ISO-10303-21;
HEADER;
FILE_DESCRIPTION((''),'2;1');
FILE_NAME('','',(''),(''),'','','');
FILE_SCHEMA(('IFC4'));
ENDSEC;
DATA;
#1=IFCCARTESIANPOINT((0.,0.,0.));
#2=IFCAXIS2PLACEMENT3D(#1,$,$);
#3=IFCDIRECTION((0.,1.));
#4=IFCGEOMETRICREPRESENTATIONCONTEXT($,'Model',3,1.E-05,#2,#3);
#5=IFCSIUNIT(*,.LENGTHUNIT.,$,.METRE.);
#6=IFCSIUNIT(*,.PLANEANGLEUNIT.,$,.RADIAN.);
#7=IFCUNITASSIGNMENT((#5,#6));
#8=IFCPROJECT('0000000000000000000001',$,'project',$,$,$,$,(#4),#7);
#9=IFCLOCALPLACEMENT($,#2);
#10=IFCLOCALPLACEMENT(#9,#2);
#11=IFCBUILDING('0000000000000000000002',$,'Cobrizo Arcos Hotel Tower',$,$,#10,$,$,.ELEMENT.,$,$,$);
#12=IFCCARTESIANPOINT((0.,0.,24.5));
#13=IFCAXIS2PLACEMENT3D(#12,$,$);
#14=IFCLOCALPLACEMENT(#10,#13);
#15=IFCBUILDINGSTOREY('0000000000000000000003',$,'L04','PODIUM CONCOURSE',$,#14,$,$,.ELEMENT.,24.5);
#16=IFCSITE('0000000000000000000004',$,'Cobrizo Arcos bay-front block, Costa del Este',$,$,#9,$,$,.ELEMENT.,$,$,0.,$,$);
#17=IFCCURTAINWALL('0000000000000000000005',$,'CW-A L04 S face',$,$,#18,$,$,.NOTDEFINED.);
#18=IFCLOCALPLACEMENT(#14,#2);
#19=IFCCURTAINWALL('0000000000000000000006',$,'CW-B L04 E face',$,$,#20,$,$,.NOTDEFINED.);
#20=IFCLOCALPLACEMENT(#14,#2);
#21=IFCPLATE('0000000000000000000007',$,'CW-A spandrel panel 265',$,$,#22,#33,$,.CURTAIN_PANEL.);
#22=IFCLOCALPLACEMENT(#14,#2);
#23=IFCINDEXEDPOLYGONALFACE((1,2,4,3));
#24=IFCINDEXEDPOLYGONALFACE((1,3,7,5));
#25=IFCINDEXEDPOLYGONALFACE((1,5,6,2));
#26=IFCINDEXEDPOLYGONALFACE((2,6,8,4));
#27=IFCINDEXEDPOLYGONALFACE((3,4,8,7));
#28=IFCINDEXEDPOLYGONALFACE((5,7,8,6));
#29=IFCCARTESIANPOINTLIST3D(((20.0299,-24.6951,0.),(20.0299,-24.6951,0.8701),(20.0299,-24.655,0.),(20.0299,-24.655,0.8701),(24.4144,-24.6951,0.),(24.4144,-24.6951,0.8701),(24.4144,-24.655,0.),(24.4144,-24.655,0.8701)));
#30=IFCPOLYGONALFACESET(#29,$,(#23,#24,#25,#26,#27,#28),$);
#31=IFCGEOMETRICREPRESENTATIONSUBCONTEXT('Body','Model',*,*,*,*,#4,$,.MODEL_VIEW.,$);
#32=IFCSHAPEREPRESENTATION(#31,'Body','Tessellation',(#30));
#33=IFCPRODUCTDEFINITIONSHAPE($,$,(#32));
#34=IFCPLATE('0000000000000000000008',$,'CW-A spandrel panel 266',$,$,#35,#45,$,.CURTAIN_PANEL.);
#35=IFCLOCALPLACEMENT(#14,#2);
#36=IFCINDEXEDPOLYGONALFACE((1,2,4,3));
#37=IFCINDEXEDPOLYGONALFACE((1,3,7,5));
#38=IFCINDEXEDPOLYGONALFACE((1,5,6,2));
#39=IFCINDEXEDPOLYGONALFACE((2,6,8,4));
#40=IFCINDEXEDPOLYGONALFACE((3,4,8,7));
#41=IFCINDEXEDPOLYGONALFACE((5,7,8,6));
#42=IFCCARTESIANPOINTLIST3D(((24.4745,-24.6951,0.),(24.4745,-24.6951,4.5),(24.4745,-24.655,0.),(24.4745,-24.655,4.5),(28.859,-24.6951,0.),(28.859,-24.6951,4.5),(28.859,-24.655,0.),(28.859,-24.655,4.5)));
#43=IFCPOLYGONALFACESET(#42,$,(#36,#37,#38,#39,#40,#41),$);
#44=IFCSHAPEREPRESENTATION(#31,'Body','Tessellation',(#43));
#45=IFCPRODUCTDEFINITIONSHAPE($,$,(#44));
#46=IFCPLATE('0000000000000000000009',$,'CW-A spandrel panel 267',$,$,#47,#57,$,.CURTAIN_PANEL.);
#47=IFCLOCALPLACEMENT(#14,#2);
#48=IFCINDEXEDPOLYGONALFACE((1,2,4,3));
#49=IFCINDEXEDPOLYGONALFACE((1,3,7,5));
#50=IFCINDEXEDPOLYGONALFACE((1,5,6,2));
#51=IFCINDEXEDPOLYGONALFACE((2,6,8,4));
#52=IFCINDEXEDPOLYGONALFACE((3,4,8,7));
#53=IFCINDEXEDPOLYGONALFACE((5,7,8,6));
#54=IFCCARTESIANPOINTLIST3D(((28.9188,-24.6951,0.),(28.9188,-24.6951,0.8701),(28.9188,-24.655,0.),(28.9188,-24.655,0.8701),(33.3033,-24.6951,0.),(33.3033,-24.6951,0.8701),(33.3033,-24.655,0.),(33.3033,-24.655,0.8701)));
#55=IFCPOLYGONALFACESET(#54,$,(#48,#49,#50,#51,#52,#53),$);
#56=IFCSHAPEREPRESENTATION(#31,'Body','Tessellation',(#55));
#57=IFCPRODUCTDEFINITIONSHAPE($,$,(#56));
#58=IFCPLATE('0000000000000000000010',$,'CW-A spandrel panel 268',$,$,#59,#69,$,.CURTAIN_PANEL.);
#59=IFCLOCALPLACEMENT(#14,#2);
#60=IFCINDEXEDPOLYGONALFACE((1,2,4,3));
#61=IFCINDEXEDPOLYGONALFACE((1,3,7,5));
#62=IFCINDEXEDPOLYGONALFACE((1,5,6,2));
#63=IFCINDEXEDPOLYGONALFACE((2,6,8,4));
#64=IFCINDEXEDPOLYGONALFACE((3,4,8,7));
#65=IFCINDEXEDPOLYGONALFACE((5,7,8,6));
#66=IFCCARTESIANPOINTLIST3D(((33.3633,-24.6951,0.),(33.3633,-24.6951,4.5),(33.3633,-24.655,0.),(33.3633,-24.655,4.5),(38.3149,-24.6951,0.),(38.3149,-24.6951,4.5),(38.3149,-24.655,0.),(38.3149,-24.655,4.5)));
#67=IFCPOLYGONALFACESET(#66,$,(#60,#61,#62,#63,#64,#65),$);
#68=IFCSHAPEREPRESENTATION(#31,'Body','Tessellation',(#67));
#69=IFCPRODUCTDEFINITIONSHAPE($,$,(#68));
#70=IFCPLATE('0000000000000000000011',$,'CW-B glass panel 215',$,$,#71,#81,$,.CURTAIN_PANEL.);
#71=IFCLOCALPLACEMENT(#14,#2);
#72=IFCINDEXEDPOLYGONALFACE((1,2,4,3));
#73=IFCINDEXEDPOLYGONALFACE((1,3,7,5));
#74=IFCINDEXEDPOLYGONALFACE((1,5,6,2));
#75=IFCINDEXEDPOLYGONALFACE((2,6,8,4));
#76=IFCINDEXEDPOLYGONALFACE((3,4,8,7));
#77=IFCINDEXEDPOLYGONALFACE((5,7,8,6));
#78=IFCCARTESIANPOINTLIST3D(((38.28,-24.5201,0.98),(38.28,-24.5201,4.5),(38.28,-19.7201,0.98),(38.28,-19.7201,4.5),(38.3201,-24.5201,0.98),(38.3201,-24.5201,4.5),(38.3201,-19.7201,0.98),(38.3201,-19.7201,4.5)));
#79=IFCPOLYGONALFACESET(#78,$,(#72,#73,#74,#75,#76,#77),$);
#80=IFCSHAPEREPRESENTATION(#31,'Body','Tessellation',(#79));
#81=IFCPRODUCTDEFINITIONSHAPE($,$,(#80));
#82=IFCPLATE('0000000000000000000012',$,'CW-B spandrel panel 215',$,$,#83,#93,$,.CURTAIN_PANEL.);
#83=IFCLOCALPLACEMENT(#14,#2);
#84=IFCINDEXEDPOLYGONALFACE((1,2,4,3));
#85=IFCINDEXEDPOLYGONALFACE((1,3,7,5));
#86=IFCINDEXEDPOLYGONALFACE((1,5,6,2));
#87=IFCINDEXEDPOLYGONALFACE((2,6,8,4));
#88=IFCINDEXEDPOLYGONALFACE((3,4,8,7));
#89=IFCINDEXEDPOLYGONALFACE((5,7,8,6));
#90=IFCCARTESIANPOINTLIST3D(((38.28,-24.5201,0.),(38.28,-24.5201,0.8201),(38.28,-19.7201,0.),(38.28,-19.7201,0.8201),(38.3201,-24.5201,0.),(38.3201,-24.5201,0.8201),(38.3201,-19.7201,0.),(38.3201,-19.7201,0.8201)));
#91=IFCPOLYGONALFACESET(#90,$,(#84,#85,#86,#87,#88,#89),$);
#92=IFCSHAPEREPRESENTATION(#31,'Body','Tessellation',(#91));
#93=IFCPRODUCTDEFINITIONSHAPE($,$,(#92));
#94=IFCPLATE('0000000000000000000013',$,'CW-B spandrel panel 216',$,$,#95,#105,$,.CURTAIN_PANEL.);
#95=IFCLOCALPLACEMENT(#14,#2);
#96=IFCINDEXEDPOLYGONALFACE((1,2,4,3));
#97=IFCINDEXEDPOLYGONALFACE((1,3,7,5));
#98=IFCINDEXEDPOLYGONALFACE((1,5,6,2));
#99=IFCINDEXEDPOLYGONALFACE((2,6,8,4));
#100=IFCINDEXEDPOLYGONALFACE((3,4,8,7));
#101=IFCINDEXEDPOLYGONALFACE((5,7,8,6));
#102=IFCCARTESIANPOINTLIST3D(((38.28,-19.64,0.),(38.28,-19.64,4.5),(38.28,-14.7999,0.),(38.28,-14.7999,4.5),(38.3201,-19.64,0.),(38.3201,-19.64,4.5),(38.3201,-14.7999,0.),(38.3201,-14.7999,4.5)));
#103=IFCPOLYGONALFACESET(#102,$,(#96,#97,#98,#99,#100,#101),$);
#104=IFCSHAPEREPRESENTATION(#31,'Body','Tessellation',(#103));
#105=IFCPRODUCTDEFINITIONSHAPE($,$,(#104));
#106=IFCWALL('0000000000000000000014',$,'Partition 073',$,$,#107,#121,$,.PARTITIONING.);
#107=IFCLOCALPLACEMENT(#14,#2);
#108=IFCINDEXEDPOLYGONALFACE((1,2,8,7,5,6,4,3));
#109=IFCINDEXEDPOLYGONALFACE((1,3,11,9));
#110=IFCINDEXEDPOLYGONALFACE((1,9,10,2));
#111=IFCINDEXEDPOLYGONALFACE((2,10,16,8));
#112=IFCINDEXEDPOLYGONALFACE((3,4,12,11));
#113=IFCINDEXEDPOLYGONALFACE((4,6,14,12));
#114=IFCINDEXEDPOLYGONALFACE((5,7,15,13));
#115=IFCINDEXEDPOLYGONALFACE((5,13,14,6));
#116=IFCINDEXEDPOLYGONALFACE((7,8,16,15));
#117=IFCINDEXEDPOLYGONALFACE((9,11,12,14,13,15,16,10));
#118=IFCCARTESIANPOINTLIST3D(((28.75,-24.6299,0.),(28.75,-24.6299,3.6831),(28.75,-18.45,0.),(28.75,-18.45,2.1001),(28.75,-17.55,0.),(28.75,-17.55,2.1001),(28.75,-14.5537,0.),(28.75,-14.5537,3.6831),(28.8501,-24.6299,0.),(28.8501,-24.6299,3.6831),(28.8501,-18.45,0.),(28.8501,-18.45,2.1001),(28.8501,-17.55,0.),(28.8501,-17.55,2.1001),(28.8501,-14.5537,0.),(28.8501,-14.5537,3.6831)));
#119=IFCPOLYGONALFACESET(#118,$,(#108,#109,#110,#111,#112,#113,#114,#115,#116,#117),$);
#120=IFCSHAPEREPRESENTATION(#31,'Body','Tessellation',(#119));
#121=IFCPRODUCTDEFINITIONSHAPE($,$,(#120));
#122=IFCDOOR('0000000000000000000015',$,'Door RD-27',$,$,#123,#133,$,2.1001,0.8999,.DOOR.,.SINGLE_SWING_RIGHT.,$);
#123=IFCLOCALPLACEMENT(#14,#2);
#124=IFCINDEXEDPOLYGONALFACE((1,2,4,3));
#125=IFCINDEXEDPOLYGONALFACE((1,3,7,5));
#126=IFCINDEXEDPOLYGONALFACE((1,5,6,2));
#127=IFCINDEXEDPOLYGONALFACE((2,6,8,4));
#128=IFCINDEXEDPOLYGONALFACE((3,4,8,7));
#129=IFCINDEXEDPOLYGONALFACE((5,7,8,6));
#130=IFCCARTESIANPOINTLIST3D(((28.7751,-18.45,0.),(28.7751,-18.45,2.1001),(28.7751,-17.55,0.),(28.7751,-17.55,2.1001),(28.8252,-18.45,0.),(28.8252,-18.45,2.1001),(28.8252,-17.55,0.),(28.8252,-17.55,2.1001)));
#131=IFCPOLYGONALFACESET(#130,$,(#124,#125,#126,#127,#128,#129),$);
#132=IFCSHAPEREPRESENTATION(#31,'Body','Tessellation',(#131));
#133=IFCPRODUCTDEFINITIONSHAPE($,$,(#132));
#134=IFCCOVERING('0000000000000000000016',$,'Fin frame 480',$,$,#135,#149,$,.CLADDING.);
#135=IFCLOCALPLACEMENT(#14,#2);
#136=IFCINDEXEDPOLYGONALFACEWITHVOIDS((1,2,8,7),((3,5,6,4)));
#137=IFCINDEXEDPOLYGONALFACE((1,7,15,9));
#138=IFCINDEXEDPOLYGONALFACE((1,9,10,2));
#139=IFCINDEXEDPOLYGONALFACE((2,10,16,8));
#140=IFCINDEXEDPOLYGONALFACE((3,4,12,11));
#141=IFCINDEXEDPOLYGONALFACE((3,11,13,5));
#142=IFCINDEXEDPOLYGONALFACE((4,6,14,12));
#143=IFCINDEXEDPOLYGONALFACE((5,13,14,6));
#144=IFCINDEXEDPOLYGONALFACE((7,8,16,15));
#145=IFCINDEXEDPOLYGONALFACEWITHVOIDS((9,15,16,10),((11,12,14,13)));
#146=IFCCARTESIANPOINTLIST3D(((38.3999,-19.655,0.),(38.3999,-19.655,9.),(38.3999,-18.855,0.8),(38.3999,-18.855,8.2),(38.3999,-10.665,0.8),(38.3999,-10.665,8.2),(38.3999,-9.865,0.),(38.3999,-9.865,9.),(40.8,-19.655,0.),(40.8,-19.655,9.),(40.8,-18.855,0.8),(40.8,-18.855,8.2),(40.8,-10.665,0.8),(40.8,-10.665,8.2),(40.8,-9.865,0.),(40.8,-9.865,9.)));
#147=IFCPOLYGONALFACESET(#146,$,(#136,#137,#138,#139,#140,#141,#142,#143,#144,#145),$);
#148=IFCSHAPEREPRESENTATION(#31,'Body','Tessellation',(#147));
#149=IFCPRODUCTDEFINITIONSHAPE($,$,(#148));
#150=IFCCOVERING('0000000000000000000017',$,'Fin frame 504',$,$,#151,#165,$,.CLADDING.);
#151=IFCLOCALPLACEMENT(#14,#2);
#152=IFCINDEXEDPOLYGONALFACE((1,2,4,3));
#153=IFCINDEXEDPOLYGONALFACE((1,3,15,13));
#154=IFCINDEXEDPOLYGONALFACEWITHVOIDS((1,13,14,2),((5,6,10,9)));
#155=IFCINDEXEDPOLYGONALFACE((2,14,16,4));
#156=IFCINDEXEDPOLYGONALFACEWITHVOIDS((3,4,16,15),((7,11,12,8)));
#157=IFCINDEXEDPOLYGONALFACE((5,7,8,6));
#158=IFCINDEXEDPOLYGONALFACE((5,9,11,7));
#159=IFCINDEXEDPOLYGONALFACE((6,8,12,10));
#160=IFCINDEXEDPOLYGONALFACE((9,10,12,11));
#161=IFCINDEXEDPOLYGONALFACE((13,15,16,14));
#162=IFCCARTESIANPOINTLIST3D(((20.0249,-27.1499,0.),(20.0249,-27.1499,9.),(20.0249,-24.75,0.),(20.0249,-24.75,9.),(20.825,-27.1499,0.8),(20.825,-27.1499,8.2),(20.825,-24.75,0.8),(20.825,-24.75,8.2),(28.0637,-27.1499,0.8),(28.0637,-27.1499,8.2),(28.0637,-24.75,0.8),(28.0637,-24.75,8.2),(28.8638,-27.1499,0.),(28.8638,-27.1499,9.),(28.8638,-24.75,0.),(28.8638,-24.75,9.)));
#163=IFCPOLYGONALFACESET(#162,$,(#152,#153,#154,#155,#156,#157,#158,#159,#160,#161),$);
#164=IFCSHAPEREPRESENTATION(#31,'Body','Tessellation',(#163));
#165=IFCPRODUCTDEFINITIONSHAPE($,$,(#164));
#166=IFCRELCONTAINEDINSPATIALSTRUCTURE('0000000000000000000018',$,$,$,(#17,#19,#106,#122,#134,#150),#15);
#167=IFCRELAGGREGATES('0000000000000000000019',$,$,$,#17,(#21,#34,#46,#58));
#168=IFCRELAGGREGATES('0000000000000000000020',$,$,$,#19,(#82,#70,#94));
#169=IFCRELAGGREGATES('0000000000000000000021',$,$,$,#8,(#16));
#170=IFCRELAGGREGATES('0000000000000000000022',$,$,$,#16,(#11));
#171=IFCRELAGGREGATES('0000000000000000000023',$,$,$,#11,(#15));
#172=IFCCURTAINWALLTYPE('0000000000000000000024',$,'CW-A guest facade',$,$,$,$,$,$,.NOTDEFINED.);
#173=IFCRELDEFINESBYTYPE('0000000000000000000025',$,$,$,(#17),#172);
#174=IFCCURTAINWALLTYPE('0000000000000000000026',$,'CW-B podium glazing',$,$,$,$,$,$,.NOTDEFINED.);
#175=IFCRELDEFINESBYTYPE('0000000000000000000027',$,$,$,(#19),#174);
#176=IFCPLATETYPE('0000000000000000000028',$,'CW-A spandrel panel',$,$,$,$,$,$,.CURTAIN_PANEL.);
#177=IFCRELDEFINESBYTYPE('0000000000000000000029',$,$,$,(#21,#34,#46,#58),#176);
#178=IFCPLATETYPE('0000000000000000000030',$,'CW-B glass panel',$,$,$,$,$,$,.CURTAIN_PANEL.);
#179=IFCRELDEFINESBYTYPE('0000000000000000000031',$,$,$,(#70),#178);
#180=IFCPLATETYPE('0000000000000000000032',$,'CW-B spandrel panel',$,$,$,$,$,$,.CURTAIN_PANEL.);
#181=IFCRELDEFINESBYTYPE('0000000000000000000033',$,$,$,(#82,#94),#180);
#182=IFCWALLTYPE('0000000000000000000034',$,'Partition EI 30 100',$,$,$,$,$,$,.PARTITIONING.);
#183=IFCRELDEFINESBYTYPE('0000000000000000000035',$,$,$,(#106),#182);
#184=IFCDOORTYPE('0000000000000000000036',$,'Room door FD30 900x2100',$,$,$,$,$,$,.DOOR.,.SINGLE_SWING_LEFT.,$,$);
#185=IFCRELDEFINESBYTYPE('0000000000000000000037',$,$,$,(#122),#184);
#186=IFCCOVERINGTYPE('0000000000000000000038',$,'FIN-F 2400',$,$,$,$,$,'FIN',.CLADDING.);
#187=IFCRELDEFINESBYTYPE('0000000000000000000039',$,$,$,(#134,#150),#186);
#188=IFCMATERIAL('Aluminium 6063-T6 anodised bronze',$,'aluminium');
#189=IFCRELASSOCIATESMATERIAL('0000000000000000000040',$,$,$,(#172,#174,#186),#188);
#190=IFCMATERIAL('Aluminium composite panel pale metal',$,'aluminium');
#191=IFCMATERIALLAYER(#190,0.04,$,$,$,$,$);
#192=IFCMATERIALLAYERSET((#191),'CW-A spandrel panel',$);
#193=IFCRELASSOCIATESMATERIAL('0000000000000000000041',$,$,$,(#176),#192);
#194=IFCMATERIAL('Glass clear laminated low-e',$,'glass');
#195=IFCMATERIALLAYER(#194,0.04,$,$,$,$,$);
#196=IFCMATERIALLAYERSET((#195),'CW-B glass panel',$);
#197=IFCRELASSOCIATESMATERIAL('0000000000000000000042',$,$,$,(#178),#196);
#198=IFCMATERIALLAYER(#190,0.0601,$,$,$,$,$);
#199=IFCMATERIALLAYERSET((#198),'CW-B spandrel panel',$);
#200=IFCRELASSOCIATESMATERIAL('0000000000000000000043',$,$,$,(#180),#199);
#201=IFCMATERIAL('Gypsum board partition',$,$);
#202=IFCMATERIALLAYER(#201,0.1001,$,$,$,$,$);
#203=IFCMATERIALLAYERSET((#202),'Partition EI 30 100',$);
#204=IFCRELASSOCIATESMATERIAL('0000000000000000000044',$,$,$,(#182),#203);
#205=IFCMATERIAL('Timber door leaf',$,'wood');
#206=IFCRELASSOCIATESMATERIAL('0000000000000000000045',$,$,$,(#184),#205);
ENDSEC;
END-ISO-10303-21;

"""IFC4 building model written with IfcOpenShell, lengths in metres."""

from ifc_helpers import new_model, si_unit, direction, frame, frame_2d, origin, origin_2d, place, context, subcontext, project, spatial, polyline, rectangle, outline, extrude, material, layer, layer_set, type_object, element, fill, aggregate, save


model = new_model("IFC4")

# Units and contexts
model_context = context("Model", 3, precision=1e-05, world=origin(), true_north=direction((0.0, 1.0)))
body_context = subcontext(model_context, "Body", "Model", "MODEL_VIEW")
ifc_project = project(units=[si_unit("LENGTHUNIT", "METRE"), si_unit("PLANEANGLEUNIT", "RADIAN")], contexts=[model_context])

# Site, building, storey
site_placement = place(None, origin())
site = spatial("IfcSite", under=ifc_project, at=site_placement, Name="Cobrizo Arcos bay-front block, Costa del Este", CompositionType="ELEMENT", RefElevation=0.0)
building_placement = place(site_placement, origin())
building = spatial("IfcBuilding", under=site, at=building_placement, Name="Cobrizo Arcos Hotel Tower", CompositionType="ELEMENT")
storey_placement = place(building_placement, frame((0.0, 0.0, 24.5)))
storey = spatial("IfcBuildingStorey", under=building, at=storey_placement, Name="L04", Description="PODIUM CONCOURSE", CompositionType="ELEMENT", Elevation=24.5)

# Curtain walls
ifc_material_1 = material(Name="Aluminium 6063-T6 anodised bronze", Category="aluminium")
curtain_wall_type_1 = type_object("IfcCurtainWallType", Name="CW-A guest facade", PredefinedType="NOTDEFINED", material=ifc_material_1)
curtain_wall_1_placement = place(storey_placement, origin())
curtain_wall_1 = element("IfcCurtainWall", 1, at=curtain_wall_1_placement, inside=storey, type_object=curtain_wall_type_1, Name="CW-A L04 S face", PredefinedType="NOTDEFINED")
curtain_wall_type_2 = type_object("IfcCurtainWallType", Name="CW-B podium glazing", PredefinedType="NOTDEFINED", material=ifc_material_1)
curtain_wall_2_placement = place(storey_placement, origin())
curtain_wall_2 = element("IfcCurtainWall", 2, at=curtain_wall_2_placement, inside=storey, type_object=curtain_wall_type_2, Name="CW-B L04 E face", PredefinedType="NOTDEFINED")

# Plates
ifc_material_2 = material(Name="Glass clear laminated low-e", Category="glass")
ifc_material_3 = material(Name="Aluminium composite panel pale metal", Category="aluminium")
ifc_layer_1 = layer(ifc_material_3, 0.04)
ifc_layer_set_1 = layer_set([ifc_layer_1], Name="CW-A spandrel panel")
plate_type_1 = type_object("IfcPlateType", Name="CW-A spandrel panel", PredefinedType="CURTAIN_PANEL", material=ifc_layer_set_1)
plate_1_placement = place(storey_placement, frame((22.2222, -24.675, 0.0), z_axis=(0.0, 0.0, 1.0), x_axis=(1.0, 0.0, 0.0)))
plate_1 = element("IfcPlate", 3, at=plate_1_placement, type_object=plate_type_1, Name="CW-A spandrel panel 265", PredefinedType="CURTAIN_PANEL", context=body_context, shape_type="SweptSolid", body=[
    extrude(rectangle(XDim=4.3845, YDim=0.04, at=origin_2d()), origin(), (0.0, 0.0, 1.0), 0.8701),
])
plate_2_placement = place(storey_placement, frame((26.6667, -24.675, 0.0), z_axis=(0.0, 0.0, 1.0), x_axis=(1.0, 0.0, 0.0)))
plate_2 = element("IfcPlate", 4, at=plate_2_placement, type_object=plate_type_1, Name="CW-A spandrel panel 266", PredefinedType="CURTAIN_PANEL", context=body_context, shape_type="SweptSolid", body=[
    extrude(rectangle(XDim=4.3845, YDim=0.04, at=origin_2d()), origin(), (0.0, 0.0, 1.0), 4.5),
])
plate_3_placement = place(storey_placement, frame((31.1111, -24.675, 0.0), z_axis=(0.0, 0.0, 1.0), x_axis=(1.0, 0.0, 0.0)))
plate_3 = element("IfcPlate", 5, at=plate_3_placement, type_object=plate_type_1, Name="CW-A spandrel panel 267", PredefinedType="CURTAIN_PANEL", context=body_context, shape_type="SweptSolid", body=[
    extrude(rectangle(XDim=4.3845, YDim=0.04, at=origin_2d()), origin(), (0.0, 0.0, 1.0), 0.8701),
])
plate_4_placement = place(storey_placement, frame((35.8391, -24.675, 0.0), z_axis=(0.0, 0.0, 1.0), x_axis=(1.0, 0.0, 0.0)))
plate_4 = element("IfcPlate", 6, at=plate_4_placement, type_object=plate_type_1, Name="CW-A spandrel panel 268", PredefinedType="CURTAIN_PANEL", context=body_context, shape_type="SweptSolid", body=[
    extrude(rectangle(XDim=4.9517, YDim=0.04, at=origin_2d()), origin(), (0.0, 0.0, 1.0), 4.5),
])
aggregate(curtain_wall_1, [plate_1, plate_2, plate_3, plate_4])
ifc_layer_2 = layer(ifc_material_2, 0.04)
ifc_layer_set_2 = layer_set([ifc_layer_2], Name="CW-B glass panel")
plate_type_2 = type_object("IfcPlateType", Name="CW-B glass panel", PredefinedType="CURTAIN_PANEL", material=ifc_layer_set_2)
plate_5_placement = place(storey_placement, frame((38.3, -22.1201, 0.98), z_axis=(0.0, 0.0, 1.0), x_axis=(0.0, 1.0, 0.0)))
plate_5 = element("IfcPlate", 7, at=plate_5_placement, type_object=plate_type_2, Name="CW-B glass panel 215", PredefinedType="CURTAIN_PANEL", context=body_context, shape_type="SweptSolid", body=[
    extrude(rectangle(XDim=4.8, YDim=0.04, at=origin_2d()), origin(), (0.0, 0.0, 1.0), 3.52),
])
ifc_layer_3 = layer(ifc_material_3, 0.0601)
ifc_layer_set_3 = layer_set([ifc_layer_3], Name="CW-B spandrel panel")
plate_type_3 = type_object("IfcPlateType", Name="CW-B spandrel panel", PredefinedType="CURTAIN_PANEL", material=ifc_layer_set_3)
plate_6_placement = place(storey_placement, frame((38.3, -22.1201, 0.0), z_axis=(0.0, 0.0, 1.0), x_axis=(0.0, 1.0, 0.0)))
plate_6 = element("IfcPlate", 8, at=plate_6_placement, type_object=plate_type_3, Name="CW-B spandrel panel 215", PredefinedType="CURTAIN_PANEL", context=body_context, shape_type="SweptSolid", body=[
    extrude(rectangle(XDim=4.8, YDim=0.04, at=origin_2d()), origin(), (0.0, 0.0, 1.0), 0.8201),
])
plate_7_placement = place(storey_placement, frame((38.3, -17.22, 0.0), z_axis=(0.0, 0.0, 1.0), x_axis=(0.0, 1.0, 0.0)))
plate_7 = element("IfcPlate", 9, at=plate_7_placement, type_object=plate_type_3, Name="CW-B spandrel panel 216", PredefinedType="CURTAIN_PANEL", context=body_context, shape_type="SweptSolid", body=[
    extrude(rectangle(XDim=4.8401, YDim=0.04, at=origin_2d()), origin(), (0.0, 0.0, 1.0), 4.5),
])
aggregate(curtain_wall_2, [plate_6, plate_5, plate_7])

# Wall, opening, door
ifc_material_4 = material(Name="Gypsum board partition")
ifc_layer_4 = layer(ifc_material_4, 0.1001)
ifc_layer_set_4 = layer_set([ifc_layer_4], Name="Partition EI 30 100")
wall_type = type_object("IfcWallType", Name="Partition EI 30 100", PredefinedType="PARTITIONING", material=ifc_layer_set_4)
wall_placement = place(storey_placement, frame((28.8, -24.6299, 0.0), z_axis=(0.0, 0.0, 1.0), x_axis=(0.0, 1.0, 0.0)))
wall = element("IfcWall", 10, at=wall_placement, inside=storey, type_object=wall_type, Name="Partition 073", PredefinedType="PARTITIONING", context=body_context, shape_type="SweptSolid", body=[
    extrude(rectangle(XDim=10.0762, YDim=0.1001, at=frame_2d((5.0381, 0.0))), origin(), (0.0, 0.0, 1.0), 3.6831),
])
opening_placement = place(wall_placement, frame((6.1799, 0.0, 0.0)))
opening = element("IfcOpeningElement", 11, at=opening_placement, cuts=wall, PredefinedType="OPENING", context=body_context, shape_type="SweptSolid", body=[
    extrude(rectangle(XDim=0.8999, YDim=2.1001, at=frame_2d((0.45, 1.05))), frame((0.0, 0.062, 0.0), z_axis=(0.0, -1.0, 0.0), x_axis=(1.0, 0.0, 0.0)), (0.0, 0.0, 1.0), 0.124),
])
ifc_material_5 = material(Name="Timber door leaf", Category="wood")
door_type = type_object("IfcDoorType", Name="Room door FD30 900x2100", OperationType="SINGLE_SWING_LEFT", PredefinedType="DOOR", material=ifc_material_5)
door_placement = place(opening_placement, origin())
door = element("IfcDoor", 12, at=door_placement, inside=storey, type_object=door_type, Name="Door RD-27", OperationType="SINGLE_SWING_RIGHT", OverallHeight=2.1001, OverallWidth=0.8999, PredefinedType="DOOR", context=body_context, shape_type="SweptSolid", body=[
    extrude(rectangle(XDim=0.8999, YDim=2.1001, at=frame_2d((0.45, 1.05))), frame((0.0, 0.0249, 0.0), z_axis=(0.0, -1.0, 0.0), x_axis=(1.0, 0.0, 0.0)), (0.0, 0.0, 1.0), 0.05),
])
fill(opening, door)

# Coverings
covering_type = type_object("IfcCoveringType", Name="FIN-F 2400", ElementType="FIN", PredefinedType="CLADDING", material=ifc_material_1)
covering_1_placement = place(storey_placement, frame((38.3999, -19.655, 0.0), z_axis=(1.0, 0.0, 0.0), x_axis=(0.0, 1.0, 0.0)))
element("IfcCovering", 13, at=covering_1_placement, inside=storey, type_object=covering_type, Name="Fin frame 480", PredefinedType="CLADDING", context=body_context, shape_type="SweptSolid", body=[
    extrude(outline(polyline([(0.0, 9.0), (0.0, 0.0), (9.79, 0.0), (9.79, 9.0), (0.0, 9.0)]), holes=[polyline([(8.99, 0.8), (0.8, 0.8), (0.8, 8.2), (8.99, 8.2), (8.99, 0.8)])]), origin(), (0.0, 0.0, 1.0), 2.4001),
])
covering_2_placement = place(storey_placement, frame((20.0249, -24.75, 0.0), z_axis=(0.0, -1.0, 0.0), x_axis=(1.0, 0.0, 0.0)))
element("IfcCovering", 14, at=covering_2_placement, inside=storey, type_object=covering_type, Name="Fin frame 504", PredefinedType="CLADDING", context=body_context, shape_type="SweptSolid", body=[
    extrude(outline(polyline([(0.0, 9.0), (0.0, 0.0), (8.8389, 0.0), (8.8389, 9.0), (0.0, 9.0)]), holes=[polyline([(8.0388, 0.8), (0.8, 0.8), (0.8, 8.2), (8.0388, 8.2), (8.0388, 0.8)])]), origin(), (0.0, 0.0, 1.0), 2.3999),
])

save(model, "model.ifc")
